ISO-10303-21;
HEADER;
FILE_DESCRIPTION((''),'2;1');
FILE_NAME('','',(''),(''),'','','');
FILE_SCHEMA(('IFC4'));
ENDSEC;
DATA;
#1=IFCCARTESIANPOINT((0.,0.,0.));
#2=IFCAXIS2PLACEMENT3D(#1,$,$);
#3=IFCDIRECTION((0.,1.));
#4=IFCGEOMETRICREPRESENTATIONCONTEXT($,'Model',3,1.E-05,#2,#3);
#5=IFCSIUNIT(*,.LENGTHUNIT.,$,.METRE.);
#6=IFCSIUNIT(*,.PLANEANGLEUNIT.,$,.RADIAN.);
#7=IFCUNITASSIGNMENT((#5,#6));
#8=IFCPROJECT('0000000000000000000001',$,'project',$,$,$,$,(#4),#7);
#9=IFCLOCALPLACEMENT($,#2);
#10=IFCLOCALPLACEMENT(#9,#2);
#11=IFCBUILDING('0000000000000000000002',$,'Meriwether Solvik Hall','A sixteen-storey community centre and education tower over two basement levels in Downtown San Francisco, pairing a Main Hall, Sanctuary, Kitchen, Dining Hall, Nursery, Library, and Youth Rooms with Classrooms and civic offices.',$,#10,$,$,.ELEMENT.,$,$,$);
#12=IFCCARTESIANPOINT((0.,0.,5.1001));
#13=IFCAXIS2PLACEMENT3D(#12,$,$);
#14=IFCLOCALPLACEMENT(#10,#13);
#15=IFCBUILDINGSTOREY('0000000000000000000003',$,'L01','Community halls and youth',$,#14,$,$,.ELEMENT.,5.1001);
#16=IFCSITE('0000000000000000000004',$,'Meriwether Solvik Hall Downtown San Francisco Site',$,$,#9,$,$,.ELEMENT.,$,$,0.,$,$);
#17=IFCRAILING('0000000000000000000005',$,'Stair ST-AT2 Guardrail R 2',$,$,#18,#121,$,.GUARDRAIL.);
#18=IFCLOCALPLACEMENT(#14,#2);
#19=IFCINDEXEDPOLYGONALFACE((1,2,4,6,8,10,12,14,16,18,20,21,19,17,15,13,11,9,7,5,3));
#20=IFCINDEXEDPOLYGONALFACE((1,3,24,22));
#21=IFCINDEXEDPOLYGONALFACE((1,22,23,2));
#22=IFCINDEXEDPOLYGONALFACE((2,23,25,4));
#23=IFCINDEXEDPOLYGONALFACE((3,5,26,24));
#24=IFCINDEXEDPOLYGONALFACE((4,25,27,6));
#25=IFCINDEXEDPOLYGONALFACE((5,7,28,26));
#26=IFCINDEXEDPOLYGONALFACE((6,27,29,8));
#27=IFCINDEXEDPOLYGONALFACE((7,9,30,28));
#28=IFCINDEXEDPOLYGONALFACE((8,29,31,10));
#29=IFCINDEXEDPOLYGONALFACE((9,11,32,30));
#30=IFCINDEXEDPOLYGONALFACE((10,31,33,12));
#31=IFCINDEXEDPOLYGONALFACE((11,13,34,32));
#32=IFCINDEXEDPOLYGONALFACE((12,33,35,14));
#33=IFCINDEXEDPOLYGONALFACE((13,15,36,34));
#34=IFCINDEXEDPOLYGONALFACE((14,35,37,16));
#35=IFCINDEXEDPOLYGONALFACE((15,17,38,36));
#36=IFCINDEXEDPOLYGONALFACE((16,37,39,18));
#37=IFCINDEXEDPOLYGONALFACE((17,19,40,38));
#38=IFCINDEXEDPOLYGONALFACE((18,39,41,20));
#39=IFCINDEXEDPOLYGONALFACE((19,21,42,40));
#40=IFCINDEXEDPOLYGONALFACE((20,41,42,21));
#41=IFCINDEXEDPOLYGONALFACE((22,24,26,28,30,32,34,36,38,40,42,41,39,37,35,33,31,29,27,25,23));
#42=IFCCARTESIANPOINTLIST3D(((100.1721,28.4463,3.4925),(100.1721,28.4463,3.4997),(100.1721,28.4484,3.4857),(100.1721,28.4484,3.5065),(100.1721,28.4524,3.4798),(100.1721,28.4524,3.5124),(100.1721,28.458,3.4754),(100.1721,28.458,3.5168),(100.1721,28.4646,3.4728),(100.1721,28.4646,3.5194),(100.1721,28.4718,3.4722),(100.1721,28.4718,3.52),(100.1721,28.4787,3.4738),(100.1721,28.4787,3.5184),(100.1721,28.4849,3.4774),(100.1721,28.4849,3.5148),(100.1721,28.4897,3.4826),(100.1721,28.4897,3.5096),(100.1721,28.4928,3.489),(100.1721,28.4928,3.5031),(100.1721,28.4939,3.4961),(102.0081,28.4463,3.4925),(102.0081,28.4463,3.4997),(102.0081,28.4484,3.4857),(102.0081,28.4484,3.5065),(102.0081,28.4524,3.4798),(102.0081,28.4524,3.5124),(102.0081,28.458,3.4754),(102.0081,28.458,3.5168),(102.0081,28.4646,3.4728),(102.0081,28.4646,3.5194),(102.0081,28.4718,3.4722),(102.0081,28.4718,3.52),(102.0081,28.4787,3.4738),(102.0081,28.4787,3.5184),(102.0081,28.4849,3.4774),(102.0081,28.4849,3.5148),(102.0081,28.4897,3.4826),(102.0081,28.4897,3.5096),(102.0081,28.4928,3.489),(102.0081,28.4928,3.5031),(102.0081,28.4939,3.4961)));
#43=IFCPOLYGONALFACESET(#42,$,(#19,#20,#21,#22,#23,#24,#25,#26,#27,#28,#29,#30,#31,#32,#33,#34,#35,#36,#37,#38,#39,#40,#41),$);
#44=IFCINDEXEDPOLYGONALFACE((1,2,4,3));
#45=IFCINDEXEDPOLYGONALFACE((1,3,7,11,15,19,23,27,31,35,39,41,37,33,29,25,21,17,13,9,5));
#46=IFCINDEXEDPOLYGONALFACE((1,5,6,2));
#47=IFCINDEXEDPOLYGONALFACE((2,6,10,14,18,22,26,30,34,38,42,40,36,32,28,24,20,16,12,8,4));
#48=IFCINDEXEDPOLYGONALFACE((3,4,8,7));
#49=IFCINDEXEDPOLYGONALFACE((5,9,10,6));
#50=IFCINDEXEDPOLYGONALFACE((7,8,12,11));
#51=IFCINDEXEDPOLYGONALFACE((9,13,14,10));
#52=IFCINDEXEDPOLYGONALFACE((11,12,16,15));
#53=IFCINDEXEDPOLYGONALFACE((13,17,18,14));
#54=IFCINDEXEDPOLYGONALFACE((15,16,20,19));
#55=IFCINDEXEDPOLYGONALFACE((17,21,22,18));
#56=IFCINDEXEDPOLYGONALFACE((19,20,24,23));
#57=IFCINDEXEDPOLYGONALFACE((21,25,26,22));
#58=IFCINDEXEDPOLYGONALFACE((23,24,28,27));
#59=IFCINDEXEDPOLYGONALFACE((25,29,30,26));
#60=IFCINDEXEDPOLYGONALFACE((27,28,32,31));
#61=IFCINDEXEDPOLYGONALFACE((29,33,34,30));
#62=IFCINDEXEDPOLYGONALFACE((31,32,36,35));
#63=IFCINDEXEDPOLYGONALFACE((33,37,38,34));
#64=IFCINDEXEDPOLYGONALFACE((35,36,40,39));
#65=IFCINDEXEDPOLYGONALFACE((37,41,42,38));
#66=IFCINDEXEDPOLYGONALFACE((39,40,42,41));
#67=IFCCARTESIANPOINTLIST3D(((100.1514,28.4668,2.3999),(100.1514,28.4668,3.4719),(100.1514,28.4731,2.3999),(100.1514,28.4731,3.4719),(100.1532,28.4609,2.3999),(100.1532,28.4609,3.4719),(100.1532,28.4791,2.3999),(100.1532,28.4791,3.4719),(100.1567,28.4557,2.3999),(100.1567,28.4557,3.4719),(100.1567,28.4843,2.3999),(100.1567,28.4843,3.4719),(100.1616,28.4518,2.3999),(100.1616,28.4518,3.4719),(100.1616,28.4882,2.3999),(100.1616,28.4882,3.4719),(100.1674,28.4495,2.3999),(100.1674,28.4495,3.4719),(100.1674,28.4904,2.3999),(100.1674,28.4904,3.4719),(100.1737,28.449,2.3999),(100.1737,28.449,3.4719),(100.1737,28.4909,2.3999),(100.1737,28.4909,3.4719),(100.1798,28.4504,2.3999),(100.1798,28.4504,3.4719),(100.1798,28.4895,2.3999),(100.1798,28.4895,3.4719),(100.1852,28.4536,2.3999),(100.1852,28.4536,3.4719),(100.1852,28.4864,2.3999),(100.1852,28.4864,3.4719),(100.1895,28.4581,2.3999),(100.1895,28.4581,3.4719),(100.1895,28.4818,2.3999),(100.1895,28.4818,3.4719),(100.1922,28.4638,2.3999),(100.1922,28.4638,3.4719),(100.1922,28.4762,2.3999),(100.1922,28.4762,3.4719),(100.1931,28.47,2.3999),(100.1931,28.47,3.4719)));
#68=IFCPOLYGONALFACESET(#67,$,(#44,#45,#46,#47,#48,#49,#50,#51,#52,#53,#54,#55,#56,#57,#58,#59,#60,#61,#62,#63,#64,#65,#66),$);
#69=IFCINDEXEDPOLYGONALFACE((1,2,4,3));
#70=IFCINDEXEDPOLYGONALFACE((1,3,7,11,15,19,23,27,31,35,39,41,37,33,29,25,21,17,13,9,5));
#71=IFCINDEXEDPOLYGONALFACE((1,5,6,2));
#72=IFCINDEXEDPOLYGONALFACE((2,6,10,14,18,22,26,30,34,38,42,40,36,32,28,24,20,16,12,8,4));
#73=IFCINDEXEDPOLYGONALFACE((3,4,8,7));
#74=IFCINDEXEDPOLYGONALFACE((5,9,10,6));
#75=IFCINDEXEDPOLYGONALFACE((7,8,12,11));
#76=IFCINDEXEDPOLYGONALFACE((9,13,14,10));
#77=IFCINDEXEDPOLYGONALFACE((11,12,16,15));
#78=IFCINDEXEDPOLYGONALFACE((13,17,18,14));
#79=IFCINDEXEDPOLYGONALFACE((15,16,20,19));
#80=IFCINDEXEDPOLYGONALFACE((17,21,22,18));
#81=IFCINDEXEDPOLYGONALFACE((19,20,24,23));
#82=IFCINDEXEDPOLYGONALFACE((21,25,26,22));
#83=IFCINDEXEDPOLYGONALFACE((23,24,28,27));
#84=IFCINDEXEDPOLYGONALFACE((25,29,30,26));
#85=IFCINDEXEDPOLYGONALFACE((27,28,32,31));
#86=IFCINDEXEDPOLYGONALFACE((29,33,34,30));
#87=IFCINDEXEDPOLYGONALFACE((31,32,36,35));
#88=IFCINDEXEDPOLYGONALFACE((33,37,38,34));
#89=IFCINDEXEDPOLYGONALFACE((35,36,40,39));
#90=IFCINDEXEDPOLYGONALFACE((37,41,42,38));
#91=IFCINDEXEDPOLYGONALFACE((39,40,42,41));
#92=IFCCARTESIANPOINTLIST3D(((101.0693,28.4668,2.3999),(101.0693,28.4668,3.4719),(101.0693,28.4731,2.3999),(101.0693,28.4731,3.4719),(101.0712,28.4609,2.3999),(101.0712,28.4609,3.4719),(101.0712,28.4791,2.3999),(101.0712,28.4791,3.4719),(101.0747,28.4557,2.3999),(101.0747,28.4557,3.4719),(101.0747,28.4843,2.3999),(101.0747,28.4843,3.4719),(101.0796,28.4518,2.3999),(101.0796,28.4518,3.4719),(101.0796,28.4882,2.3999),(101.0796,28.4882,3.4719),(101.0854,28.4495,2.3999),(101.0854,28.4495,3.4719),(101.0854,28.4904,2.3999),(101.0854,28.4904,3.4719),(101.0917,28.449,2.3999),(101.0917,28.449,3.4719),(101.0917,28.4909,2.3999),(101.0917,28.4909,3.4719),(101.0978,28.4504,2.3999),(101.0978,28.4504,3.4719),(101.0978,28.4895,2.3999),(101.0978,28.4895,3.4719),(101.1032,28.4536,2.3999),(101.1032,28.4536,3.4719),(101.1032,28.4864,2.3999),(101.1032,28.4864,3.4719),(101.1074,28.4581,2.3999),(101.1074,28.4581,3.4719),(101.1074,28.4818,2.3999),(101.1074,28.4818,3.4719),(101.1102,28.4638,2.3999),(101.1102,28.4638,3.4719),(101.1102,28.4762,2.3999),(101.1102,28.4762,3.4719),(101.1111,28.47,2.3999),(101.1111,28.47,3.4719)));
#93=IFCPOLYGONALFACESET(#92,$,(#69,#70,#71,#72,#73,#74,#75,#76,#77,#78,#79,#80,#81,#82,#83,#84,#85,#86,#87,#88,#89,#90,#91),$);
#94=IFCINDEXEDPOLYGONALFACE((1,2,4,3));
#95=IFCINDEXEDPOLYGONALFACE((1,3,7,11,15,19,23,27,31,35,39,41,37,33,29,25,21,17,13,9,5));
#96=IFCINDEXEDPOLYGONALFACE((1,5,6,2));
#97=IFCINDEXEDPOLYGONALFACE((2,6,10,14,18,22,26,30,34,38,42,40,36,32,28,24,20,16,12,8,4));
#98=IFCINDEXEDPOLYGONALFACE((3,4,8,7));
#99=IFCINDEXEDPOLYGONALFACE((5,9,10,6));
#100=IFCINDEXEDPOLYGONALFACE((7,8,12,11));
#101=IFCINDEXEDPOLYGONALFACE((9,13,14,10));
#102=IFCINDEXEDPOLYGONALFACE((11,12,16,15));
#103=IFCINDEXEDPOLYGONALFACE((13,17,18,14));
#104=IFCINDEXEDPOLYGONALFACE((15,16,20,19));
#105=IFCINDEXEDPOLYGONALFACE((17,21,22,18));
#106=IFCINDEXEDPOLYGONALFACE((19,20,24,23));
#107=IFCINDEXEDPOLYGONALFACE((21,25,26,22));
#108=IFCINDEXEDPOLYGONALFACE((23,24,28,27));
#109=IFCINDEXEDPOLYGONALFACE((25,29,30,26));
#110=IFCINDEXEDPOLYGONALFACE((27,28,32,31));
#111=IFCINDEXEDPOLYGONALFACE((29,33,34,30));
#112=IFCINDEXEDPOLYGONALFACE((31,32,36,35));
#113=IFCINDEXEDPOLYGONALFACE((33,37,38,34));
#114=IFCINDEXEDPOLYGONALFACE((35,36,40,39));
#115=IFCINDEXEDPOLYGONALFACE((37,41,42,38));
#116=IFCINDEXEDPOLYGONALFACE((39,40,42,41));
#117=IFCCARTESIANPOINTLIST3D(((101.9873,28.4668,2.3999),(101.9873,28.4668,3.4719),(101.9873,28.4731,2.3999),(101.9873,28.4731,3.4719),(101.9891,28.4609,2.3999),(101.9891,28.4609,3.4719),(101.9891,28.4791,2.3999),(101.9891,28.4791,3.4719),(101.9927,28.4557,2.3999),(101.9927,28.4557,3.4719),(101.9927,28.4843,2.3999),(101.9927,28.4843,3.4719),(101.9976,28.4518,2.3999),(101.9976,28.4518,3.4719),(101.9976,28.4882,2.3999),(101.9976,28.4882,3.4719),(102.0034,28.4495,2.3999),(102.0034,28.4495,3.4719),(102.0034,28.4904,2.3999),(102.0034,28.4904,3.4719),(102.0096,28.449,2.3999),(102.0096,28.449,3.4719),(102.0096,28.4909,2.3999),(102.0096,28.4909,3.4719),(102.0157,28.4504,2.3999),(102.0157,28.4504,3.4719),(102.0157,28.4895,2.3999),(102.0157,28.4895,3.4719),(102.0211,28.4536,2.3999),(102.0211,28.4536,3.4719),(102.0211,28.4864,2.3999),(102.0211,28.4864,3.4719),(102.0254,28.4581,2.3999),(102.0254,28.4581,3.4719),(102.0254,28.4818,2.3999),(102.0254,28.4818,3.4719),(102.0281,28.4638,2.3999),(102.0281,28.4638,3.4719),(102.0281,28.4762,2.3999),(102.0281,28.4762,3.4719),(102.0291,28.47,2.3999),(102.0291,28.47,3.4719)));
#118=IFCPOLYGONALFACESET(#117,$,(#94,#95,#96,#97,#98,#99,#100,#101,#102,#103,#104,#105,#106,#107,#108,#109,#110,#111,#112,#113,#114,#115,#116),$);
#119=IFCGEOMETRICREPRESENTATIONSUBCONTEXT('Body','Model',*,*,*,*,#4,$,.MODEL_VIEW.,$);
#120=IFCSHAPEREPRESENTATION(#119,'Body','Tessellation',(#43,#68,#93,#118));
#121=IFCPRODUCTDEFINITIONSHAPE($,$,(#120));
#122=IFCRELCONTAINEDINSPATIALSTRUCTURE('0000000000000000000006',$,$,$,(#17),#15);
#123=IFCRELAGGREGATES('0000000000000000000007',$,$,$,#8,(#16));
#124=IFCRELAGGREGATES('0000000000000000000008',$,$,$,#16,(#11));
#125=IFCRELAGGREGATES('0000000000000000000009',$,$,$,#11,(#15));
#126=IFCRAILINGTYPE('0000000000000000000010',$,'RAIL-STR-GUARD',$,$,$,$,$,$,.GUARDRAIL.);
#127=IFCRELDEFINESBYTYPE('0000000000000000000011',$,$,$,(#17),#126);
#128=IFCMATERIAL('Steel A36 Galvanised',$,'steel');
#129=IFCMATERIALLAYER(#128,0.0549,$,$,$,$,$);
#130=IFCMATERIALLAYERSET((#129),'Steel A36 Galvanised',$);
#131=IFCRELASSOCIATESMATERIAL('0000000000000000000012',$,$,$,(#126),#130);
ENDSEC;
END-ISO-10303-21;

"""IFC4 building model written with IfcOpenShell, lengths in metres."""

from ifc_helpers import new_model, si_unit, direction, frame, origin, origin_2d, place, context, subcontext, project, spatial, circle, extrude, material, layer, layer_set, type_object, element, save


model = new_model("IFC4")

# Units and contexts
model_context = context("Model", 3, precision=1e-05, world=origin(), true_north=direction((0.0, 1.0)))
body_context = subcontext(model_context, "Body", "Model", "MODEL_VIEW")
ifc_project = project(units=[si_unit("LENGTHUNIT", "METRE"), si_unit("PLANEANGLEUNIT", "RADIAN")], contexts=[model_context])

# Site, building, storey
site_placement = place(None, origin())
site = spatial("IfcSite", under=ifc_project, at=site_placement, Name="Meriwether Solvik Hall Downtown San Francisco Site", CompositionType="ELEMENT", RefElevation=0.0)
building_placement = place(site_placement, origin())
building = spatial("IfcBuilding", under=site, at=building_placement, Name="Meriwether Solvik Hall", Description="A sixteen-storey community centre and education tower over two basement levels in Downtown San Francisco, pairing a Main Hall, Sanctuary, Kitchen, Dining Hall, Nursery, Library, and Youth Rooms with Classrooms and civic offices.", CompositionType="ELEMENT")
storey_placement = place(building_placement, frame((0.0, 0.0, 5.1001)))
storey = spatial("IfcBuildingStorey", under=building, at=storey_placement, Name="L01", Description="Community halls and youth", CompositionType="ELEMENT", Elevation=5.1001)

# Railing
ifc_material_1 = material(Name="Steel A36 Galvanised", Category="steel")
ifc_layer_1 = layer(ifc_material_1, 0.0549)
ifc_layer_set_1 = layer_set([ifc_layer_1], Name="Steel A36 Galvanised")
railing_type_1 = type_object("IfcRailingType", Name="RAIL-STR-GUARD", PredefinedType="GUARDRAIL", material=ifc_layer_set_1)
railing_1_placement = place(storey_placement, frame((100.1721, 28.47, 2.3999)))
element("IfcRailing", 1, at=railing_1_placement, inside=storey, type_object=railing_type_1, Name="Stair ST-AT2 Guardrail R 2", PredefinedType="GUARDRAIL", context=body_context, shape_type="SweptSolid", body=[
    extrude(circle(Radius=0.0239, at=origin_2d()), frame((0.0, 0.0, 1.0962), z_axis=(1.0, 0.0, 0.0), x_axis=(0.0, 1.0, 0.0)), (0.0, 0.0, 1.0), 1.8359),
    extrude(circle(Radius=0.021, at=origin_2d()), origin(), (0.0, 0.0, 1.0), 1.072),
    extrude(circle(Radius=0.021, at=origin_2d()), frame((0.918, 0.0, 0.0)), (0.0, 0.0, 1.0), 1.072),
    extrude(circle(Radius=0.021, at=origin_2d()), frame((1.8359, 0.0, 0.0)), (0.0, 0.0, 1.0), 1.072),
])

save(model, "model.ifc")
